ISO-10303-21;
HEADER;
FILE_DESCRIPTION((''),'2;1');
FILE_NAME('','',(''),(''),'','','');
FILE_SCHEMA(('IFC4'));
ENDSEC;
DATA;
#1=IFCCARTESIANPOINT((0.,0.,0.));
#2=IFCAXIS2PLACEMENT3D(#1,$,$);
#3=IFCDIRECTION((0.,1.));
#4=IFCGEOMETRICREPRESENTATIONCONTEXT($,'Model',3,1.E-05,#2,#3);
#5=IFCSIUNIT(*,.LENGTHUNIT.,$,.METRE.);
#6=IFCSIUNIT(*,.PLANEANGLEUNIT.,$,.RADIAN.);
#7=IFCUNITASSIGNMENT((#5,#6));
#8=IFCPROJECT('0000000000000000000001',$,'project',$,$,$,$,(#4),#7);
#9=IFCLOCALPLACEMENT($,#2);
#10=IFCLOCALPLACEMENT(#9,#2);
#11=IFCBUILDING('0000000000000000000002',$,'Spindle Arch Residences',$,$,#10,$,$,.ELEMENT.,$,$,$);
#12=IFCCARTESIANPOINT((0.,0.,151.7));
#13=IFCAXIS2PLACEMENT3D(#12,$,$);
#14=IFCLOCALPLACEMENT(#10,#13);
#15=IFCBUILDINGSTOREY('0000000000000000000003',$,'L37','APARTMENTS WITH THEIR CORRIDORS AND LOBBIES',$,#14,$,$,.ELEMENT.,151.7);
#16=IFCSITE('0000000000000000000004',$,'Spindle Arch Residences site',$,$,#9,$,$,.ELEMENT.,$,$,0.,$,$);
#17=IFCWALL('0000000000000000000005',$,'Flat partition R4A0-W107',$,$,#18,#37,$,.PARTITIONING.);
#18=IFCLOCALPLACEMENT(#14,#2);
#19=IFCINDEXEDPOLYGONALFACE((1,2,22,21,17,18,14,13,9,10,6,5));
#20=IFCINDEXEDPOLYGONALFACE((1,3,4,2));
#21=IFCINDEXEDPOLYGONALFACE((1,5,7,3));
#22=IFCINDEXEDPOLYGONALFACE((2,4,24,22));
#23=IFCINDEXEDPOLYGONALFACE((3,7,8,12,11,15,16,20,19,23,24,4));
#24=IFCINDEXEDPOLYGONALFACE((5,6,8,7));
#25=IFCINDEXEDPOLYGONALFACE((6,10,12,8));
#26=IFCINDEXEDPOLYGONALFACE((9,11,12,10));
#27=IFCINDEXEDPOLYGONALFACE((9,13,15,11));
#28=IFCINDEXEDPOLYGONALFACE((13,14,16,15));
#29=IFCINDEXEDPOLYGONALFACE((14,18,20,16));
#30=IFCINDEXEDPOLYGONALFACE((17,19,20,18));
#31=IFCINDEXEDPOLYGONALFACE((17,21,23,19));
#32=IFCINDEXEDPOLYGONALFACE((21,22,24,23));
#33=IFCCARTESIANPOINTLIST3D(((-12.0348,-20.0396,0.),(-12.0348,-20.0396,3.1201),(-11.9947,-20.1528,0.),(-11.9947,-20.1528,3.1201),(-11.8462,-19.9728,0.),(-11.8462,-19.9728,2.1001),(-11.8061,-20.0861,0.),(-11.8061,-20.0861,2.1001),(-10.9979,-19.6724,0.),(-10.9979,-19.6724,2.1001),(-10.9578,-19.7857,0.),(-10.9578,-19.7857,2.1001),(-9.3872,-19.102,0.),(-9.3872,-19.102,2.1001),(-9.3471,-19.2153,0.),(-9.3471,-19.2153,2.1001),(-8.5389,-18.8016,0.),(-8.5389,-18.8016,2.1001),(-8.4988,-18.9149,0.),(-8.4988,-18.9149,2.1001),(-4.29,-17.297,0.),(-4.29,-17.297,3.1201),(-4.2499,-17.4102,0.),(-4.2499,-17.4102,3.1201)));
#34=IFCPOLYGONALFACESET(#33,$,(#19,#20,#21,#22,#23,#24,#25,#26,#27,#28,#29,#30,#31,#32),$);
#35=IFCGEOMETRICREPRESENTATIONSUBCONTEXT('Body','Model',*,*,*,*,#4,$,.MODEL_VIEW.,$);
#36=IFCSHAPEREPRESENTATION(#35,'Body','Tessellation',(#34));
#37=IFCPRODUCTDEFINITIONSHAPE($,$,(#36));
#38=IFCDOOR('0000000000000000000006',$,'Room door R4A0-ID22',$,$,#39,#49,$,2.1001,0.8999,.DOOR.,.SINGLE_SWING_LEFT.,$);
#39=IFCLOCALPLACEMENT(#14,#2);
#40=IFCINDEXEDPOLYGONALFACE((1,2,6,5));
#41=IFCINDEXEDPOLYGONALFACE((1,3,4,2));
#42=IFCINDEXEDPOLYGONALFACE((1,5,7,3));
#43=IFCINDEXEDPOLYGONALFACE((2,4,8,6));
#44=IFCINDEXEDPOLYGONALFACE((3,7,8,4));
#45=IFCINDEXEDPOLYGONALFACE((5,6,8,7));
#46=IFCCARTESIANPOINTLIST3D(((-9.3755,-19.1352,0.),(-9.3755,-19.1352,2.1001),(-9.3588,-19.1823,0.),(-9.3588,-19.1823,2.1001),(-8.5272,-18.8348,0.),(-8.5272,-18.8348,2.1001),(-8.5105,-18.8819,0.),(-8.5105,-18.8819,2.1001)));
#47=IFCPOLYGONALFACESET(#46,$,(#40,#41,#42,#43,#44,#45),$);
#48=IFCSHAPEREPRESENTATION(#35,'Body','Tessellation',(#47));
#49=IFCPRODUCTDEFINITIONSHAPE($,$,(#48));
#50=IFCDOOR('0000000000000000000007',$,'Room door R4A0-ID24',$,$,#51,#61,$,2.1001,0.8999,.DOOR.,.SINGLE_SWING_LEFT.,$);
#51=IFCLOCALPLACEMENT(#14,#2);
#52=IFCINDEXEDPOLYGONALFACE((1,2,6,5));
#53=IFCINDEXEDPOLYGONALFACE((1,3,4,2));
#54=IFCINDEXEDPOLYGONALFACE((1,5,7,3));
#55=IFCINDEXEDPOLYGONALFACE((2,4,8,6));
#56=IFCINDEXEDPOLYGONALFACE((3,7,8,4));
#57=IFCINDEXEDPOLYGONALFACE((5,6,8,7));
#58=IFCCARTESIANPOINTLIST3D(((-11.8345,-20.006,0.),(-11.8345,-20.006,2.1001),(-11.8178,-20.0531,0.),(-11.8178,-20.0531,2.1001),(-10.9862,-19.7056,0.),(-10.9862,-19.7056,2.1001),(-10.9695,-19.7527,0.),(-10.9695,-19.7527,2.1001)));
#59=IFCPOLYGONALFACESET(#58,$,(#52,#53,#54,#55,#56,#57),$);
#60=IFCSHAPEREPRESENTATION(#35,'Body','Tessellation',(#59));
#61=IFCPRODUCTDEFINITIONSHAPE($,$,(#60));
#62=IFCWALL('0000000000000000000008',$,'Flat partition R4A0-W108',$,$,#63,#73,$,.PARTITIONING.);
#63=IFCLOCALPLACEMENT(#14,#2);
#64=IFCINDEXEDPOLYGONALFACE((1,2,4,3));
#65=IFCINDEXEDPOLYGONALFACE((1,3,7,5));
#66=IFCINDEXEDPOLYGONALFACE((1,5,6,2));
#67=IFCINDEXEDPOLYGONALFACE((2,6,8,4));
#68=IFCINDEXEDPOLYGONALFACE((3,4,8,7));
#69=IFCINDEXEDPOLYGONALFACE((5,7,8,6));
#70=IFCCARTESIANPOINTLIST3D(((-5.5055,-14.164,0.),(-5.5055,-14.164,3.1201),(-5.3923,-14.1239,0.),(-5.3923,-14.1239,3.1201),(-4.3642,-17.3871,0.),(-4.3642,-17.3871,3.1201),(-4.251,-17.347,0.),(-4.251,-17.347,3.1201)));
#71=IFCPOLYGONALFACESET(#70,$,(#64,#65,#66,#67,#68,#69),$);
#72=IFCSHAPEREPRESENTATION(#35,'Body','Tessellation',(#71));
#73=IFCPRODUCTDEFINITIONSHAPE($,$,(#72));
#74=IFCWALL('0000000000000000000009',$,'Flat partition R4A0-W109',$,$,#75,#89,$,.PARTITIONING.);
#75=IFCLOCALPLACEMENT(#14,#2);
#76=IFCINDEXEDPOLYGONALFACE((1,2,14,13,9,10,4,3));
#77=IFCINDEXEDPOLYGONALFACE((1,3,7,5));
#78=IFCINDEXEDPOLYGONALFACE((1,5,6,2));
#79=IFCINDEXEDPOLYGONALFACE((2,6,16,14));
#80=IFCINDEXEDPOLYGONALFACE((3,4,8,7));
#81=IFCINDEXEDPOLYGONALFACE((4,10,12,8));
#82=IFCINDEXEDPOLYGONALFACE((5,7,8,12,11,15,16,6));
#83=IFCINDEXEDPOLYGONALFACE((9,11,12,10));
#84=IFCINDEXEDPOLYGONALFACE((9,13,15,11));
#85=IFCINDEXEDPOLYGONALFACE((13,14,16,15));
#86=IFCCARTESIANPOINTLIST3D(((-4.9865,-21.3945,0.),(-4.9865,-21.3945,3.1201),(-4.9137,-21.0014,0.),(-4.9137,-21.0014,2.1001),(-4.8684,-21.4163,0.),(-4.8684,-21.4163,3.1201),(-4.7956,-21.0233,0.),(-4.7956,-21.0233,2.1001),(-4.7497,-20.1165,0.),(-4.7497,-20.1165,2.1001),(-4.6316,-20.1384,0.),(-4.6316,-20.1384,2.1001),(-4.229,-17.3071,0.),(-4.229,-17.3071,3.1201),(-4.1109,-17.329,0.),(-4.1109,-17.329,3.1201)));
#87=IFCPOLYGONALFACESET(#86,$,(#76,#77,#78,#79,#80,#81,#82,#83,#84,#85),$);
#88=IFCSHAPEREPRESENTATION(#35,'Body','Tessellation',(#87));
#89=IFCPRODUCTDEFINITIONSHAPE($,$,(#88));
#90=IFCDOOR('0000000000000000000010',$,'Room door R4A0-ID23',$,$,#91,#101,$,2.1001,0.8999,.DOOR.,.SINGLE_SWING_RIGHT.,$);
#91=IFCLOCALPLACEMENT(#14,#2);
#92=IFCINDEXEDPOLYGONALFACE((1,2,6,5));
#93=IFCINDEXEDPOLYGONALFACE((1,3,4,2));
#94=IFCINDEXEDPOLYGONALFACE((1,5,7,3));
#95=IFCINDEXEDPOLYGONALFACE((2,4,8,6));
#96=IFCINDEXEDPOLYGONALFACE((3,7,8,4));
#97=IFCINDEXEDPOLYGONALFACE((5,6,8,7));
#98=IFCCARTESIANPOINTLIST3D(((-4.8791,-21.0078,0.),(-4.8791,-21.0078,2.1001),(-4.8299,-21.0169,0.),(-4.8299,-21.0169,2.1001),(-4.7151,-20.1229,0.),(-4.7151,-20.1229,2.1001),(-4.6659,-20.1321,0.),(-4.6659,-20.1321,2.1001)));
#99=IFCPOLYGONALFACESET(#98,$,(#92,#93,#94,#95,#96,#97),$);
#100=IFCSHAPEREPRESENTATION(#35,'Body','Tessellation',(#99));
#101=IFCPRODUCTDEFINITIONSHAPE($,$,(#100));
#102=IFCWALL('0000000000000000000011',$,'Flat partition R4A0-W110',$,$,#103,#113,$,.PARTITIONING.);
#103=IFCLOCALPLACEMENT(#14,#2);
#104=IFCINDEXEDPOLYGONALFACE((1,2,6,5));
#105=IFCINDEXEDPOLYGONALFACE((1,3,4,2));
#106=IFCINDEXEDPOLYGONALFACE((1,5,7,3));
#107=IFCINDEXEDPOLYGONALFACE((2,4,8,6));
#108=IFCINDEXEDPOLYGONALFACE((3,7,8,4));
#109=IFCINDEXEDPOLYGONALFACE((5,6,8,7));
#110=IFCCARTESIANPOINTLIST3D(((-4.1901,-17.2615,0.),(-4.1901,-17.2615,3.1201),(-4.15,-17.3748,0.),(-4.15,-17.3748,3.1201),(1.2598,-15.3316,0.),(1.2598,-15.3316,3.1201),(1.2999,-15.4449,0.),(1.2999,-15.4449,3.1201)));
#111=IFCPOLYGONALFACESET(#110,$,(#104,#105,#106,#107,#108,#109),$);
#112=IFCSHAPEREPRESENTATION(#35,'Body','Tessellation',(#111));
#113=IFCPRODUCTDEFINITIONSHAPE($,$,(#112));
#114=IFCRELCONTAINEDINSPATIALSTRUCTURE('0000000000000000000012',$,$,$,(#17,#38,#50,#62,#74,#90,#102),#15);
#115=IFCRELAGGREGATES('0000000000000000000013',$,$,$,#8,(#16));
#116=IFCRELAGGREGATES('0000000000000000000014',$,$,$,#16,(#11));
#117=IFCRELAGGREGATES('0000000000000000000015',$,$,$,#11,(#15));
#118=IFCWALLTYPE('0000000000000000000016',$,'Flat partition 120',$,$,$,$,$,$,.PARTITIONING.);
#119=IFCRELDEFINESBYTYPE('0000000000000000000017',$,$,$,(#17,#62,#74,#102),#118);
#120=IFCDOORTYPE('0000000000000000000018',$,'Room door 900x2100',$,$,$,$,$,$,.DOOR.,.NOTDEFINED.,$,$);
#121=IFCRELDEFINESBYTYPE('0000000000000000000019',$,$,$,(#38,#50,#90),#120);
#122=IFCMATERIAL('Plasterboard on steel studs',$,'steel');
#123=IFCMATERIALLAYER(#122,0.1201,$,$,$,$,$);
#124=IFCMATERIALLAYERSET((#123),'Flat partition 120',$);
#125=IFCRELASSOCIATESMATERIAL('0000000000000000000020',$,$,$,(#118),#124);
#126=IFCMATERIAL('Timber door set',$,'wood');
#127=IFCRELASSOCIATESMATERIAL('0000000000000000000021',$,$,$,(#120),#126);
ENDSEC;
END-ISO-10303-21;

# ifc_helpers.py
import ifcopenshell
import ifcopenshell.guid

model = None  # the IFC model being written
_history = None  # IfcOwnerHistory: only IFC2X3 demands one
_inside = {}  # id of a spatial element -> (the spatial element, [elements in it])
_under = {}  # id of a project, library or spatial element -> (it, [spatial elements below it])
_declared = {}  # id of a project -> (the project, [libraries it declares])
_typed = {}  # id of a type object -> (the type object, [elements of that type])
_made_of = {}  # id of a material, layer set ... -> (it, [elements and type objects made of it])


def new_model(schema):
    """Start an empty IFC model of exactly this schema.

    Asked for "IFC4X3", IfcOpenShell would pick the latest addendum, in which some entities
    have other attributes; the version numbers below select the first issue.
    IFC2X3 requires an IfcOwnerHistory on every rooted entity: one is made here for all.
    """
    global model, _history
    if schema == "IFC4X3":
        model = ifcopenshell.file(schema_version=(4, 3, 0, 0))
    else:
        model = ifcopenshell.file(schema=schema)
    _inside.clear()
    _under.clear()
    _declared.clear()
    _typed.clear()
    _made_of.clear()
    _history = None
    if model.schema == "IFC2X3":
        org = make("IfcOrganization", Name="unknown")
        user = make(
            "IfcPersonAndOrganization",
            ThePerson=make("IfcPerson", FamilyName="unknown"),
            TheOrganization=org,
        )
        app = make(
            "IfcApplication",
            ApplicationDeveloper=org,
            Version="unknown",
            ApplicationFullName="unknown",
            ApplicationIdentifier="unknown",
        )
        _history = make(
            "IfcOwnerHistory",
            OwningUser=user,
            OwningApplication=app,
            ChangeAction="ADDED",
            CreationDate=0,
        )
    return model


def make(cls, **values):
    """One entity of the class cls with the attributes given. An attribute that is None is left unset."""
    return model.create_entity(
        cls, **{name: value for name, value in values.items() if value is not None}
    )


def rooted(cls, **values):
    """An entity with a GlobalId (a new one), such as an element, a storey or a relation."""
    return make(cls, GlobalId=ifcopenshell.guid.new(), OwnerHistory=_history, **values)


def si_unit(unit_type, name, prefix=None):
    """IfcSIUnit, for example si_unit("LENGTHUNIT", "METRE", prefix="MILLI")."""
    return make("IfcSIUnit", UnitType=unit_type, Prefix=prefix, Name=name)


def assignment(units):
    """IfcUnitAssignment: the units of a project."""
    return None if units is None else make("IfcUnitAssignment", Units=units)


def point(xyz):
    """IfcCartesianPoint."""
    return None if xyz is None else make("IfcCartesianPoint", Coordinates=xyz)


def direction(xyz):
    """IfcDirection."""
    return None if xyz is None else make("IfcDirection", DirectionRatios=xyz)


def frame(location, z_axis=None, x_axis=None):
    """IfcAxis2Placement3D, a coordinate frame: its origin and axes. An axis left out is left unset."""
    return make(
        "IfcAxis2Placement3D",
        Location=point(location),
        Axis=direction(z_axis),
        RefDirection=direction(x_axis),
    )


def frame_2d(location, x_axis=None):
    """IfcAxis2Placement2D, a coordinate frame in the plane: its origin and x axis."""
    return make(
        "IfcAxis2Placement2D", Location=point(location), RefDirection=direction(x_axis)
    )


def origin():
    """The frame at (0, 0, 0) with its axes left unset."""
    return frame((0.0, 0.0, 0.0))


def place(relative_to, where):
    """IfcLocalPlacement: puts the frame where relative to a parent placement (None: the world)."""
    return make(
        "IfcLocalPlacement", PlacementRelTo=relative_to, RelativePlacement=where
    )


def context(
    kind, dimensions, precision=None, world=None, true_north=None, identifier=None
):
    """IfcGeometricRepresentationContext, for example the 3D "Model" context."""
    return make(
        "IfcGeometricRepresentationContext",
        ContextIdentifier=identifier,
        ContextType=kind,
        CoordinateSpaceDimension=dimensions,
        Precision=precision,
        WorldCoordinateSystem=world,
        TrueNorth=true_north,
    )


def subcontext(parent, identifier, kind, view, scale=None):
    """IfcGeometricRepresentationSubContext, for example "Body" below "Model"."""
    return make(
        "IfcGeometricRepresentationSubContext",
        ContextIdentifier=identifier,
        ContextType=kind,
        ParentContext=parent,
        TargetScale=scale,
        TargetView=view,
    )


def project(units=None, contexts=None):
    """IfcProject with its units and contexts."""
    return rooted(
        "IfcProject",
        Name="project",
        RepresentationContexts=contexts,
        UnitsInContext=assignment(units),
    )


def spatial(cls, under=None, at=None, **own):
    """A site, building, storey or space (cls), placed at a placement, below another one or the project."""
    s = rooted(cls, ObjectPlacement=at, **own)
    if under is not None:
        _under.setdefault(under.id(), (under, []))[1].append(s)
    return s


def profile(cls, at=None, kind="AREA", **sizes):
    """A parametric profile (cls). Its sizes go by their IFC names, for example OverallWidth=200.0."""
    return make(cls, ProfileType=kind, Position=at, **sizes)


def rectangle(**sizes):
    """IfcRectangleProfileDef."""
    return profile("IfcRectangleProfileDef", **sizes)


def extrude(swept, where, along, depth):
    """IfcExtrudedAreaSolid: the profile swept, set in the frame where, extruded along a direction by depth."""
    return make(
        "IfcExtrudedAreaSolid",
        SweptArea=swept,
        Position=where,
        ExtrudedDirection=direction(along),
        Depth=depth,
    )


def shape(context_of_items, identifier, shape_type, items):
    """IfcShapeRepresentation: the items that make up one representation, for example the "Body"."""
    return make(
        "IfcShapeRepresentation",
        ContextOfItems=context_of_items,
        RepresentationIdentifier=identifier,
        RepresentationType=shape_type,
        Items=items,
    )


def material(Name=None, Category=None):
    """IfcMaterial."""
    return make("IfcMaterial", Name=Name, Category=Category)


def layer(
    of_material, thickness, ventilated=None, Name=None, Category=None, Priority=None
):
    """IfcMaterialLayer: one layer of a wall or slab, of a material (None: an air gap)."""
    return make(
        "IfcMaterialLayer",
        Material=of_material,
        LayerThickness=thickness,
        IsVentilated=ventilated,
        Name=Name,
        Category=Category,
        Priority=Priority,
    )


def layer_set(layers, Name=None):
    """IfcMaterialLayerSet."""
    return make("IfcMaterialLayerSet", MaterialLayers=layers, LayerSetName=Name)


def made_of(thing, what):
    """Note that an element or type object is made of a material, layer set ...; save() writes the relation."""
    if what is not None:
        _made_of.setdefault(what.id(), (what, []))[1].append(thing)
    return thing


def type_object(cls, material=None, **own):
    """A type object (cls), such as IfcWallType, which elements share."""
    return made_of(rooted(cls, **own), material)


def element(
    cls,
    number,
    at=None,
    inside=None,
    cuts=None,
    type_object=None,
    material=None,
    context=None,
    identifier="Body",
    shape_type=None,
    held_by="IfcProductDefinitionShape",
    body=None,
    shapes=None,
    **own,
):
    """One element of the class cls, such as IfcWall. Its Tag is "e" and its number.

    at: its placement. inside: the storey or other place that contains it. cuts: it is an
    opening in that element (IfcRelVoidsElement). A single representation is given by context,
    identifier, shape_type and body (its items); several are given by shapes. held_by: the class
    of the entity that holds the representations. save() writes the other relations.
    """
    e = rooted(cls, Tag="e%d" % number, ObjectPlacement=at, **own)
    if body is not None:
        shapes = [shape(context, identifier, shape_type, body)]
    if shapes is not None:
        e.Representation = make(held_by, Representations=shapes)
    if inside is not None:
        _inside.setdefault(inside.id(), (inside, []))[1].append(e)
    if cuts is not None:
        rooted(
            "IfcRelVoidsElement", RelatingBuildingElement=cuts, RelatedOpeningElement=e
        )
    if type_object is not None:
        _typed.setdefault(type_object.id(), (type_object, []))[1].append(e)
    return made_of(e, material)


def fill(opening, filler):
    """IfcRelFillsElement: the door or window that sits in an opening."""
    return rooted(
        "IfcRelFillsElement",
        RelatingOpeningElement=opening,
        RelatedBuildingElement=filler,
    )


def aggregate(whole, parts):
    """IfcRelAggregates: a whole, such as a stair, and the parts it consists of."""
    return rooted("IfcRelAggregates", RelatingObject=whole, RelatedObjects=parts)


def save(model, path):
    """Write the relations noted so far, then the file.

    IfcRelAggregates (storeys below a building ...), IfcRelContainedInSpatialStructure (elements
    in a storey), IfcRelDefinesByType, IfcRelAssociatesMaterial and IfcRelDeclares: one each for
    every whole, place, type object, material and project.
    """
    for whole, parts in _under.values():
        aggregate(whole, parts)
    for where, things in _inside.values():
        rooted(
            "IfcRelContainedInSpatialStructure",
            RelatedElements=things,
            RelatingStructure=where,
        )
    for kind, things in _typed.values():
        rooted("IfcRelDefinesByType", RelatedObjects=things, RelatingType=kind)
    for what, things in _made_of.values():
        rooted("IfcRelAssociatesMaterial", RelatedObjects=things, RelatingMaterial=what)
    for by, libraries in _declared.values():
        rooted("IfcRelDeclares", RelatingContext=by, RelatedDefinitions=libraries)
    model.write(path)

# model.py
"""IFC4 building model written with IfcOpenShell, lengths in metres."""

from ifc_helpers import new_model, si_unit, direction, frame, frame_2d, origin, place, context, subcontext, project, spatial, rectangle, extrude, material, layer, layer_set, type_object, element, fill, save


model = new_model("IFC4")

# Units and contexts
model_context = context("Model", 3, precision=1e-05, world=origin(), true_north=direction((0.0, 1.0)))
body_context = subcontext(model_context, "Body", "Model", "MODEL_VIEW")
ifc_project = project(units=[si_unit("LENGTHUNIT", "METRE"), si_unit("PLANEANGLEUNIT", "RADIAN")], contexts=[model_context])

# Site, building, storey
site_placement = place(None, origin())
site = spatial("IfcSite", under=ifc_project, at=site_placement, Name="Spindle Arch Residences site", CompositionType="ELEMENT", RefElevation=0.0)
building_placement = place(site_placement, origin())
building = spatial("IfcBuilding", under=site, at=building_placement, Name="Spindle Arch Residences", CompositionType="ELEMENT")
storey_placement = place(building_placement, frame((0.0, 0.0, 151.7)))
storey = spatial("IfcBuildingStorey", under=building, at=storey_placement, Name="L37", Description="APARTMENTS WITH THEIR CORRIDORS AND LOBBIES", CompositionType="ELEMENT", Elevation=151.7)

# Shared definitions
ifc_material_1 = material(Name="Plasterboard on steel studs", Category="steel")
ifc_layer_1 = layer(ifc_material_1, 0.1201)
ifc_layer_set_1 = layer_set([ifc_layer_1], Name="Flat partition 120")
wall_type_1 = type_object("IfcWallType", Name="Flat partition 120", PredefinedType="PARTITIONING", material=ifc_layer_set_1)
ifc_material_2 = material(Name="Timber door set", Category="wood")
door_type_1 = type_object("IfcDoorType", Name="Room door 900x2100", OperationType="NOTDEFINED", PredefinedType="DOOR", material=ifc_material_2)

# Wall, openings, doors
wall_1_placement = place(storey_placement, frame((-12.0146, -20.0962, 0.0), z_axis=(0.0, 0.0, 1.0), x_axis=(0.942639, 0.333815, 0.0)))
wall_1 = element("IfcWall", 1, at=wall_1_placement, inside=storey, type_object=wall_type_1, Name="Flat partition R4A0-W107", PredefinedType="PARTITIONING", context=body_context, shape_type="SweptSolid", body=[
    extrude(rectangle(XDim=8.2161, YDim=0.1201, at=frame_2d((4.1079, 0.0))), origin(), (0.0, 0.0, 1.0), 3.1201),
])
opening_1_placement = place(wall_1_placement, frame((2.8086, 0.0, 0.0)))
opening_1 = element("IfcOpeningElement", 2, at=opening_1_placement, cuts=wall_1, PredefinedType="OPENING", context=body_context, shape_type="SweptSolid", body=[
    extrude(rectangle(XDim=0.8999, YDim=2.1001, at=frame_2d((0.45, 1.05))), frame((0.0, 0.0701, 0.0), z_axis=(0.0, -1.0, 0.0), x_axis=(1.0, 0.0, 0.0)), (0.0, 0.0, 1.0), 0.1401),
])
opening_2_placement = place(wall_1_placement, frame((0.2, 0.0, 0.0)))
opening_2 = element("IfcOpeningElement", 3, at=opening_2_placement, cuts=wall_1, PredefinedType="OPENING", context=body_context, shape_type="SweptSolid", body=[
    extrude(rectangle(XDim=0.8999, YDim=2.1001, at=frame_2d((0.45, 1.05))), frame((0.0, 0.0701, 0.0), z_axis=(0.0, -1.0, 0.0), x_axis=(1.0, 0.0, 0.0)), (0.0, 0.0, 1.0), 0.1401),
])
door_1_placement = place(opening_1_placement, origin())
door_1 = element("IfcDoor", 4, at=door_1_placement, inside=storey, type_object=door_type_1, Name="Room door R4A0-ID22", OperationType="SINGLE_SWING_LEFT", OverallHeight=2.1001, OverallWidth=0.8999, PredefinedType="DOOR", context=body_context, shape_type="SweptSolid", body=[
    extrude(rectangle(XDim=0.8999, YDim=2.1001, at=frame_2d((0.45, 1.05))), frame((0.0, 0.0249, 0.0), z_axis=(0.0, -1.0, 0.0), x_axis=(1.0, 0.0, 0.0)), (0.0, 0.0, 1.0), 0.05),
])
fill(opening_1, door_1)
door_2_placement = place(opening_2_placement, origin())
door_2 = element("IfcDoor", 5, at=door_2_placement, inside=storey, type_object=door_type_1, Name="Room door R4A0-ID24", OperationType="SINGLE_SWING_LEFT", OverallHeight=2.1001, OverallWidth=0.8999, PredefinedType="DOOR", context=body_context, shape_type="SweptSolid", body=[
    extrude(rectangle(XDim=0.8999, YDim=2.1001, at=frame_2d((0.45, 1.05))), frame((0.0, 0.0249, 0.0), z_axis=(0.0, -1.0, 0.0), x_axis=(1.0, 0.0, 0.0)), (0.0, 0.0, 1.0), 0.05),
])
fill(opening_2, door_2)

# Wall
wall_2_placement = place(storey_placement, frame((-4.3076, -17.3669, 0.0), z_axis=(0.0, 0.0, 1.0), x_axis=(-0.333802, 0.942643, 0.0)))
element("IfcWall", 6, at=wall_2_placement, inside=storey, type_object=wall_type_1, Name="Flat partition R4A0-W108", PredefinedType="PARTITIONING", context=body_context, shape_type="SweptSolid", body=[
    extrude(rectangle(XDim=3.4192, YDim=0.1201, at=frame_2d((1.7095, 0.0))), origin(), (0.0, 0.0, 1.0), 3.1201),
])

# Wall, opening, door
wall_3_placement = place(storey_placement, frame((-4.9275, -21.4055, 0.0), z_axis=(0.0, 0.0, 1.0), x_axis=(0.182239, 0.983254, 0.0)))
wall_3 = element("IfcWall", 7, at=wall_3_placement, inside=storey, type_object=wall_type_1, Name="Flat partition R4A0-W109", PredefinedType="PARTITIONING", context=body_context, shape_type="SweptSolid", body=[
    extrude(rectangle(XDim=4.157, YDim=0.1201, at=frame_2d((2.0786, 0.0))), origin(), (0.0, 0.0, 1.0), 3.1201),
])
opening_3_placement = place(wall_3_placement, frame((0.3999, 0.0, 0.0)))
opening_3 = element("IfcOpeningElement", 8, at=opening_3_placement, cuts=wall_3, PredefinedType="OPENING", context=body_context, shape_type="SweptSolid", body=[
    extrude(rectangle(XDim=0.8999, YDim=2.1001, at=frame_2d((0.45, 1.05))), frame((0.0, 0.0701, 0.0), z_axis=(0.0, -1.0, 0.0), x_axis=(1.0, 0.0, 0.0)), (0.0, 0.0, 1.0), 0.1401),
])
door_3_placement = place(opening_3_placement, origin())
door_3 = element("IfcDoor", 9, at=door_3_placement, inside=storey, type_object=door_type_1, Name="Room door R4A0-ID23", OperationType="SINGLE_SWING_RIGHT", OverallHeight=2.1001, OverallWidth=0.8999, PredefinedType="DOOR", context=body_context, shape_type="SweptSolid", body=[
    extrude(rectangle(XDim=0.8999, YDim=2.1001, at=frame_2d((0.45, 1.05))), frame((0.0, 0.0249, 0.0), z_axis=(0.0, -1.0, 0.0), x_axis=(1.0, 0.0, 0.0)), (0.0, 0.0, 1.0), 0.05),
])
fill(opening_3, door_3)

# Wall
wall_4_placement = place(storey_placement, frame((-4.1699, -17.3181, 0.0), z_axis=(0.0, 0.0, 1.0), x_axis=(0.942641, 0.333807, 0.0)))
element("IfcWall", 10, at=wall_4_placement, inside=storey, type_object=wall_type_1, Name="Flat partition R4A0-W110", PredefinedType="PARTITIONING", context=body_context, shape_type="SweptSolid", body=[
    extrude(rectangle(XDim=5.7815, YDim=0.1201, at=frame_2d((2.8906, 0.0))), origin(), (0.0, 0.0, 1.0), 3.1201),
])

save(model, "model.ifc")
